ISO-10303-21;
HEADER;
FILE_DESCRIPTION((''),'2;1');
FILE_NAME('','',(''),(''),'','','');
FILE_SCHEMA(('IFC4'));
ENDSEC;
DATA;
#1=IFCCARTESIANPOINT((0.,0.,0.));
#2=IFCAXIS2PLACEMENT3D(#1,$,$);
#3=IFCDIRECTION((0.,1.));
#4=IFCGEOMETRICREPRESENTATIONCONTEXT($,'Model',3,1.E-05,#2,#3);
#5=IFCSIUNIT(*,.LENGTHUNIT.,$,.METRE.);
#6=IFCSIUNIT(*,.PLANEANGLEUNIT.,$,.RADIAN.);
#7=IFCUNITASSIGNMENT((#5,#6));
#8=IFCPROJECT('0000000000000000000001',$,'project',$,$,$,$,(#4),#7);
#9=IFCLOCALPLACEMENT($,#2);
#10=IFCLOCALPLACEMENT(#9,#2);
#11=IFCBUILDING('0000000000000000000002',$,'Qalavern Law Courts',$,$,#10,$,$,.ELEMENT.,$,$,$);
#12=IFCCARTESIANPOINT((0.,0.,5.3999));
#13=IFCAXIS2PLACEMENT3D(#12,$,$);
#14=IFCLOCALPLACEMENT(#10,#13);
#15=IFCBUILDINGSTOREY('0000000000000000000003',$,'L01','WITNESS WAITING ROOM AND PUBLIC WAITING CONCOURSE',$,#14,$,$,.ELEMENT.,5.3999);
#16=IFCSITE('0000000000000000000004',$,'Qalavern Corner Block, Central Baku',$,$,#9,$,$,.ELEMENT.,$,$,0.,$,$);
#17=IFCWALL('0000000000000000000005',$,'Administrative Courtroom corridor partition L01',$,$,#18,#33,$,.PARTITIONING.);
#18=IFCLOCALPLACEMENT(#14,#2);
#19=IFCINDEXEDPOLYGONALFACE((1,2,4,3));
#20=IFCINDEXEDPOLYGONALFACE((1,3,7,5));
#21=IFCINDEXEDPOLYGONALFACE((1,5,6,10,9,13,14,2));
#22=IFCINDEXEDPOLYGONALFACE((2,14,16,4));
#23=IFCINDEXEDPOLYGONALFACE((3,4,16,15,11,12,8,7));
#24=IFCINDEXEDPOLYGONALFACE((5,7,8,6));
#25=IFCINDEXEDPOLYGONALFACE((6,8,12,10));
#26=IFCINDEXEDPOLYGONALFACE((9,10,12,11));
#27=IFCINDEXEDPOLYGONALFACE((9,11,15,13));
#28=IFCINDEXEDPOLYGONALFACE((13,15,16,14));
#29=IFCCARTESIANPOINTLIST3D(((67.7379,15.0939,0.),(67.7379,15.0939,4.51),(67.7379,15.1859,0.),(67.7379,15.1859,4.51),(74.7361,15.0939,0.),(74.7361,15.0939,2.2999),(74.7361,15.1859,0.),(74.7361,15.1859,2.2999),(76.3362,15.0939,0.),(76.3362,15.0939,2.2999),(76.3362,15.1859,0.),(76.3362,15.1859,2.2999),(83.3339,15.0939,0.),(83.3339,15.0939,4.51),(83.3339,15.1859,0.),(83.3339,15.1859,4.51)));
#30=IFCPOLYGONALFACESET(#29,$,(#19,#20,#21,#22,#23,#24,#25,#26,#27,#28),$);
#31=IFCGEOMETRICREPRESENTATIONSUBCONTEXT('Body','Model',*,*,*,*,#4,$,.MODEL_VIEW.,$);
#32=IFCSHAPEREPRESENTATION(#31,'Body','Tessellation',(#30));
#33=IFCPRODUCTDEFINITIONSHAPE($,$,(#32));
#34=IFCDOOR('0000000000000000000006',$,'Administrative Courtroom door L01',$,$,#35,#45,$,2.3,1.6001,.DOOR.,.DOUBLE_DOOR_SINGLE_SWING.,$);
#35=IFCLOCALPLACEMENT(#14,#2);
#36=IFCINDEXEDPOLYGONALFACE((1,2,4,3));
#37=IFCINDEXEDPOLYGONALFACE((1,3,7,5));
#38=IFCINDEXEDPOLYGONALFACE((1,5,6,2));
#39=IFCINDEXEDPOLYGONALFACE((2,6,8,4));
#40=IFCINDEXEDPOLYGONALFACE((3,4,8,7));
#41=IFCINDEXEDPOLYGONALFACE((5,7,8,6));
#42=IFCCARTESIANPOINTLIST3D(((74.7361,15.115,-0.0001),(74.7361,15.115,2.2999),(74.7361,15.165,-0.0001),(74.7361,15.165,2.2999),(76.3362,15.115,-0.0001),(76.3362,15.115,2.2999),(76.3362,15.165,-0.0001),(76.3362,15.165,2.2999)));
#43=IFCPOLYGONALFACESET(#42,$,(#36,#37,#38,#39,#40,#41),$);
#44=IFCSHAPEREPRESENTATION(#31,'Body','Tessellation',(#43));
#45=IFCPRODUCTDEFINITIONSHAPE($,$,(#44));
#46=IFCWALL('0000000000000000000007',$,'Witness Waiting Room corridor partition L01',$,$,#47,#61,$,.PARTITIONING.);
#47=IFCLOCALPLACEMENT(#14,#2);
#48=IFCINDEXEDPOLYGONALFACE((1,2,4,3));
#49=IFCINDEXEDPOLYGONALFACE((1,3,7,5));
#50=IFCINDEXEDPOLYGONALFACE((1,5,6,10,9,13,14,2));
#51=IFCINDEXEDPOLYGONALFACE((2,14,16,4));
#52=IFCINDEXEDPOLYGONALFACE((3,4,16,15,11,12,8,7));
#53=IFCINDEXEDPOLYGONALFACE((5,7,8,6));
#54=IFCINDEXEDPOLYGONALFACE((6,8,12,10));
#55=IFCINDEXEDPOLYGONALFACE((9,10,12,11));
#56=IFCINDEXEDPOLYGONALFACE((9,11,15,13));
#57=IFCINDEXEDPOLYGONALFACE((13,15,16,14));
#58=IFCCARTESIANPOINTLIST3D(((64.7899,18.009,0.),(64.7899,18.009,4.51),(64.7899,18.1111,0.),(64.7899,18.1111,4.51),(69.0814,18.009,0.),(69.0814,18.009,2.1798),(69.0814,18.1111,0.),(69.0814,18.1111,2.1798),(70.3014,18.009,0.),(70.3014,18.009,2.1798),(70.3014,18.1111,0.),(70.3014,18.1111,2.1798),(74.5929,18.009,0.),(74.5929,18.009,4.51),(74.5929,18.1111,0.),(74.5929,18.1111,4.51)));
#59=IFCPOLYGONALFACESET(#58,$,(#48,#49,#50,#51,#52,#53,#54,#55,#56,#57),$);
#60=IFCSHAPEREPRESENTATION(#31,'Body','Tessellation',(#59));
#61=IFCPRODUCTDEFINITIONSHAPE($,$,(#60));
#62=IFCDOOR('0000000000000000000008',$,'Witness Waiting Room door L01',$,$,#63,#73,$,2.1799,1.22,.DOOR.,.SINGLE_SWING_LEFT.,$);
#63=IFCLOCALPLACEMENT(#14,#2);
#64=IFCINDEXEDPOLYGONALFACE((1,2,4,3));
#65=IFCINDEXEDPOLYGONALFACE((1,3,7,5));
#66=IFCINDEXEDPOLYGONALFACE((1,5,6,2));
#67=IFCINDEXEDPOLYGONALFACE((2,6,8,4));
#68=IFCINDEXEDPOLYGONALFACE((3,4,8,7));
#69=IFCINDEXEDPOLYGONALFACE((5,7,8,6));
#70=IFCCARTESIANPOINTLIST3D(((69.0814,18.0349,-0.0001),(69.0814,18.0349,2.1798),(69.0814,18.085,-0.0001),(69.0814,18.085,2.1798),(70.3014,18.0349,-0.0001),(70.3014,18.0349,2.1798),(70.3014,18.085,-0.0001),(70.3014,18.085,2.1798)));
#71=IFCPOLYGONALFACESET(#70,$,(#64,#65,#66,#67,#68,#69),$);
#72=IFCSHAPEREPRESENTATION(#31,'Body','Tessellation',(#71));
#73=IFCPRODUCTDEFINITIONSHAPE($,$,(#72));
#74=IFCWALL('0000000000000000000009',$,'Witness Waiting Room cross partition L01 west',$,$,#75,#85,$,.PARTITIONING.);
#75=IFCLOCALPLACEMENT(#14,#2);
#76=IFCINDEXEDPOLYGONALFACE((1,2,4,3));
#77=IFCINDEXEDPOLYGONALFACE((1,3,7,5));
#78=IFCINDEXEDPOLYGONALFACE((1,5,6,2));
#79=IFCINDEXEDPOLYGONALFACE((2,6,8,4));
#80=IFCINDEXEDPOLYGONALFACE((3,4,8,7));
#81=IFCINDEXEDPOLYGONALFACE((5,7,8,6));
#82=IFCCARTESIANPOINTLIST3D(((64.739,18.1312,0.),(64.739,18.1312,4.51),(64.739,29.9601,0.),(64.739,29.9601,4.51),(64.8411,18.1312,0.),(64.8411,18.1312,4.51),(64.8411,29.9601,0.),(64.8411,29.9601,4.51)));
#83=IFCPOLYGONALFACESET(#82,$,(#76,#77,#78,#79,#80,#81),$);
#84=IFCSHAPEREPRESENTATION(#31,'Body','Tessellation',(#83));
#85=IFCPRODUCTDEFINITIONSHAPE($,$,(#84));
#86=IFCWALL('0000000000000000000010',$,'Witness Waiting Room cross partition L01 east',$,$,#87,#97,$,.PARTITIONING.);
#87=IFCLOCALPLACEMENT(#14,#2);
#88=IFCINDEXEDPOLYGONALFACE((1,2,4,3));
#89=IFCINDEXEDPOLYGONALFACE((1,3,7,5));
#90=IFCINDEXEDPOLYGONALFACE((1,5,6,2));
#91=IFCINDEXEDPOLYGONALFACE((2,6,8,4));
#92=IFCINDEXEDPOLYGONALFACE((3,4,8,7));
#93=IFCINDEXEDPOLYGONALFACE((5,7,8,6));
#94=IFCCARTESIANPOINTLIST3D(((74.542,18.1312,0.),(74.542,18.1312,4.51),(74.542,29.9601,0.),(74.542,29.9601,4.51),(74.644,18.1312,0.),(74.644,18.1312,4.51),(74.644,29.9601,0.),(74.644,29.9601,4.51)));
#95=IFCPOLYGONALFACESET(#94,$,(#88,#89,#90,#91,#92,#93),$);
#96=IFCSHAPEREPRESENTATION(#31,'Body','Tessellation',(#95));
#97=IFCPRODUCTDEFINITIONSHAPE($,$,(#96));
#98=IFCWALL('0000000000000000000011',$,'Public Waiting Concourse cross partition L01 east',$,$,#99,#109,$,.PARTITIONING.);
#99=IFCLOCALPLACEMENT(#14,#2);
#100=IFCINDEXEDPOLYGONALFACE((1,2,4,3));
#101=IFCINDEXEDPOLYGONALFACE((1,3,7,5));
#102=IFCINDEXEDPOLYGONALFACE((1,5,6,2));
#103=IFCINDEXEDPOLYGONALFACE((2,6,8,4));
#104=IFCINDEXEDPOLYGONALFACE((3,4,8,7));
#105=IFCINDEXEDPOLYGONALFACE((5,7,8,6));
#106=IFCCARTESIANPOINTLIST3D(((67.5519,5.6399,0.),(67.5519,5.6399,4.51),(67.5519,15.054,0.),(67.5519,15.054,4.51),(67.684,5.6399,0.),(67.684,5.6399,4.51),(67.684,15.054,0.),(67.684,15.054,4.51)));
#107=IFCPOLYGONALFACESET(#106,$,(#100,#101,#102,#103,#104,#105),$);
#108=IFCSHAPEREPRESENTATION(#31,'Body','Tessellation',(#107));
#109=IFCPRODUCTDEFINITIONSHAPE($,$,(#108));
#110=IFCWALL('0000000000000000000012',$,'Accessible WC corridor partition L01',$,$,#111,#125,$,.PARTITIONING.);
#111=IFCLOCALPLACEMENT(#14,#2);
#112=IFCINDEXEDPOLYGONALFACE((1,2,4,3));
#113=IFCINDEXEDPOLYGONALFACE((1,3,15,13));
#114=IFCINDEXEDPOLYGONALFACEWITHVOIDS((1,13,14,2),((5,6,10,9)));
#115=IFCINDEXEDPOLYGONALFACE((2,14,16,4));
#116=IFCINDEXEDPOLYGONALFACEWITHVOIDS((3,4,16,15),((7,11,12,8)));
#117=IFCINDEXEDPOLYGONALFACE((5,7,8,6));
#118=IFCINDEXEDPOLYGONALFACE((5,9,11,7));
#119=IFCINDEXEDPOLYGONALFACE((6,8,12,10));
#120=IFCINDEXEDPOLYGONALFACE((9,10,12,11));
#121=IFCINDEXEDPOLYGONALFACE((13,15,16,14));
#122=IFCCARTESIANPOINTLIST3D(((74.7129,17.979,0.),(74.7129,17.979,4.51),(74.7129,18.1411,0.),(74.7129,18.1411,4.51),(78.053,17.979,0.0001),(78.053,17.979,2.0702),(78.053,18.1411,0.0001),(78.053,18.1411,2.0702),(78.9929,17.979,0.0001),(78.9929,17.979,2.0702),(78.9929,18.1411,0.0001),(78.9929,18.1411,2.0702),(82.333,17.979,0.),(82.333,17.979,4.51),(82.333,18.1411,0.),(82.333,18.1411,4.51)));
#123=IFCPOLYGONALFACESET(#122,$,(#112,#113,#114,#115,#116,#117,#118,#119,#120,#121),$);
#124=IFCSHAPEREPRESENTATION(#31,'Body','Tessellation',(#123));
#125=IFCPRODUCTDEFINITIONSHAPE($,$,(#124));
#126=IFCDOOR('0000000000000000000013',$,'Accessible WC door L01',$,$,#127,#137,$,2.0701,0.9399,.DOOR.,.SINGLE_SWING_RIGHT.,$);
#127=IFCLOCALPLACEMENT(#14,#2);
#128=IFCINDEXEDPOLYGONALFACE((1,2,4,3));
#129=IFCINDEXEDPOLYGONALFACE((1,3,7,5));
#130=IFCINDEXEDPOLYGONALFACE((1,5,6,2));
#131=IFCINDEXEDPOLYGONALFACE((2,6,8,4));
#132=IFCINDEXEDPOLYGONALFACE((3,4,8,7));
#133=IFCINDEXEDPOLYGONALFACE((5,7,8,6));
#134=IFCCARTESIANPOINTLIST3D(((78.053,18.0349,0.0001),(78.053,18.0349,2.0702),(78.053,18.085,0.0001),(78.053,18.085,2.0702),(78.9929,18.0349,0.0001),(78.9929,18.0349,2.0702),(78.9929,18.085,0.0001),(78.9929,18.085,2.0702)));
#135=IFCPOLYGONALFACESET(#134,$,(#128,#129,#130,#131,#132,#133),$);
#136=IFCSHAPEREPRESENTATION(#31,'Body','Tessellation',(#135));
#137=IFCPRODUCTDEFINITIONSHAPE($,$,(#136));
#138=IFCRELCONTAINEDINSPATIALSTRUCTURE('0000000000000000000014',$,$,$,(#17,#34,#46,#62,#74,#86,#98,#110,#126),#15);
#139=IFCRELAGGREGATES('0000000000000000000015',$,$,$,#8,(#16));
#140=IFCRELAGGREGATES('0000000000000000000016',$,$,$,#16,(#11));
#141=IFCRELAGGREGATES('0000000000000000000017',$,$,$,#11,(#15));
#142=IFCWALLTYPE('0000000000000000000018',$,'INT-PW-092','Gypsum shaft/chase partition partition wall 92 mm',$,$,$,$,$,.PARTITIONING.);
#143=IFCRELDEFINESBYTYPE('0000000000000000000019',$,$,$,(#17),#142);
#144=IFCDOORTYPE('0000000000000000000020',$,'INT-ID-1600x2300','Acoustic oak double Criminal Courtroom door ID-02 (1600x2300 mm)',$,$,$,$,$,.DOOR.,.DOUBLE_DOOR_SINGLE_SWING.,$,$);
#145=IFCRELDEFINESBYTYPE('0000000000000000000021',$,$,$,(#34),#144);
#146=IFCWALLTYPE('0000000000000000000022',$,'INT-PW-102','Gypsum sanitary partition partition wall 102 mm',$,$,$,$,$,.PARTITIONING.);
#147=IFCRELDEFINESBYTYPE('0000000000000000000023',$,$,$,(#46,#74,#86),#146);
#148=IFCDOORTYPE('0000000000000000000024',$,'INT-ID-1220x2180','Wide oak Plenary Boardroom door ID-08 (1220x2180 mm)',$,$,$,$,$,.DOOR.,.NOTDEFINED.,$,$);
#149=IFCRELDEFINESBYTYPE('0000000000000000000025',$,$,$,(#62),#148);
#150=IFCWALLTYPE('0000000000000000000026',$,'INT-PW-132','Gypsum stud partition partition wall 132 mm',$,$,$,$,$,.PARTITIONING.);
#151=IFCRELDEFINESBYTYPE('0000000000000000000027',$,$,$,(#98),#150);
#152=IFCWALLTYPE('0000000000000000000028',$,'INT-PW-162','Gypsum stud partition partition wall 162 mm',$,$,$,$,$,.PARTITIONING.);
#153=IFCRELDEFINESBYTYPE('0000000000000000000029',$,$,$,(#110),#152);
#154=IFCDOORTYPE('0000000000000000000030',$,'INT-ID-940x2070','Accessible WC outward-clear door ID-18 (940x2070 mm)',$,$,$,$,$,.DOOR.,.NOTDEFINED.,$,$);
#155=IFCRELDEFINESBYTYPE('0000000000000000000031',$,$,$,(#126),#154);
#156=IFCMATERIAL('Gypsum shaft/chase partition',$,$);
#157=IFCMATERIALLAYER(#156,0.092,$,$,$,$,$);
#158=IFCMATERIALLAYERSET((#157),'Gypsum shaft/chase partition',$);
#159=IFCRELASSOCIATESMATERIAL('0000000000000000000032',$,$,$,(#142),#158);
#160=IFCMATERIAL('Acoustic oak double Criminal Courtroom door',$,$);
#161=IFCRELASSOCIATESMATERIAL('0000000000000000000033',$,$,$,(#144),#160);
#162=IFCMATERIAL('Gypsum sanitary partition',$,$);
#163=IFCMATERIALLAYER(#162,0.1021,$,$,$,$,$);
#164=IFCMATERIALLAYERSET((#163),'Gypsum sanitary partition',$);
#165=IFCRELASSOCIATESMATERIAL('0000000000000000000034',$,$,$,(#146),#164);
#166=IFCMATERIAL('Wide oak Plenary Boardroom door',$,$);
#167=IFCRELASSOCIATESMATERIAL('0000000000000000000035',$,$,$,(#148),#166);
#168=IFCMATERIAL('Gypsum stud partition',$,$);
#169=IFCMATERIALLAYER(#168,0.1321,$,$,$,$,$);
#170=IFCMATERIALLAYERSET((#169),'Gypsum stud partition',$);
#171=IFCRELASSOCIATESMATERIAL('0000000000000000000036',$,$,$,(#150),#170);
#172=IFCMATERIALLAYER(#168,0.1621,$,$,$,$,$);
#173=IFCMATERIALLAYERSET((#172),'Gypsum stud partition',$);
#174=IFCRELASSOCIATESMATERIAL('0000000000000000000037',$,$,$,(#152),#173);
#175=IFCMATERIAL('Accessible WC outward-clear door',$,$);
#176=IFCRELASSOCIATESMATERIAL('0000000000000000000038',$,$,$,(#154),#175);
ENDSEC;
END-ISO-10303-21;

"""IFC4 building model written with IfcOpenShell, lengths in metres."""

from ifc_helpers import new_model, si_unit, direction, frame, frame_2d, origin, place, context, subcontext, project, spatial, rectangle, extrude, material, layer, layer_set, type_object, element, fill, save


model = new_model("IFC4")

# Units and contexts
model_context = context("Model", 3, precision=1e-05, world=origin(), true_north=direction((0.0, 1.0)))
body_context = subcontext(model_context, "Body", "Model", "MODEL_VIEW")
ifc_project = project(units=[si_unit("LENGTHUNIT", "METRE"), si_unit("PLANEANGLEUNIT", "RADIAN")], contexts=[model_context])

# Site, building, storey
site_placement = place(None, origin())
site = spatial("IfcSite", under=ifc_project, at=site_placement, Name="Qalavern Corner Block, Central Baku", CompositionType="ELEMENT", RefElevation=0.0)
building_placement = place(site_placement, origin())
building = spatial("IfcBuilding", under=site, at=building_placement, Name="Qalavern Law Courts", CompositionType="ELEMENT")
storey_placement = place(building_placement, frame((0.0, 0.0, 5.3999)))
storey = spatial("IfcBuildingStorey", under=building, at=storey_placement, Name="L01", Description="WITNESS WAITING ROOM AND PUBLIC WAITING CONCOURSE", CompositionType="ELEMENT", Elevation=5.3999)

# Walls, openings, doors
ifc_material_1 = material(Name="Gypsum shaft/chase partition")
ifc_layer_1 = layer(ifc_material_1, 0.092)
ifc_layer_set_1 = layer_set([ifc_layer_1], Name="Gypsum shaft/chase partition")
wall_type_1 = type_object("IfcWallType", Name="INT-PW-092", Description="Gypsum shaft/chase partition partition wall 92 mm", PredefinedType="PARTITIONING", material=ifc_layer_set_1)
wall_1_placement = place(storey_placement, frame((67.738, 15.1399, 0.0), z_axis=(0.0, 0.0, 1.0), x_axis=(1.0, 0.0, 0.0)))
wall_1 = element("IfcWall", 1, at=wall_1_placement, inside=storey, type_object=wall_type_1, Name="Administrative Courtroom corridor partition L01", PredefinedType="PARTITIONING", context=body_context, shape_type="SweptSolid", body=[
    extrude(rectangle(XDim=15.5959, YDim=0.092, at=frame_2d((7.7979, 0.0))), origin(), (0.0, 0.0, 1.0), 4.51),
])
opening_1_placement = place(wall_1_placement, frame((6.998, 0.0, 0.0)))
opening_1 = element("IfcOpeningElement", 2, at=opening_1_placement, cuts=wall_1, PredefinedType="OPENING", context=body_context, shape_type="SweptSolid", body=[
    extrude(rectangle(XDim=1.6001, YDim=2.3, at=frame_2d((0.8, 1.1499))), frame((0.0, 0.061, 0.0), z_axis=(0.0, -1.0, 0.0), x_axis=(1.0, 0.0, 0.0)), (0.0, 0.0, 1.0), 0.1218),
])
ifc_material_2 = material(Name="Acoustic oak double Criminal Courtroom door")
door_type_1 = type_object("IfcDoorType", Name="INT-ID-1600x2300", Description="Acoustic oak double Criminal Courtroom door ID-02 (1600x2300 mm)", OperationType="DOUBLE_DOOR_SINGLE_SWING", PredefinedType="DOOR", material=ifc_material_2)
door_1_placement = place(opening_1_placement, frame((1.6001, 0.0, 0.0), z_axis=(0.0, 0.0, 1.0), x_axis=(-1.0, 0.0, 0.0)))
door_1 = element("IfcDoor", 3, at=door_1_placement, inside=storey, type_object=door_type_1, Name="Administrative Courtroom door L01", OperationType="DOUBLE_DOOR_SINGLE_SWING", OverallHeight=2.3, OverallWidth=1.6001, PredefinedType="DOOR", context=body_context, shape_type="SweptSolid", body=[
    extrude(rectangle(XDim=1.6001, YDim=2.3, at=frame_2d((0.8, 1.1499))), frame((0.0, 0.0249, 0.0), z_axis=(0.0, -1.0, 0.0), x_axis=(1.0, 0.0, 0.0)), (0.0, 0.0, 1.0), 0.05),
])
fill(opening_1, door_1)
ifc_material_3 = material(Name="Gypsum sanitary partition")
ifc_layer_2 = layer(ifc_material_3, 0.1021)
ifc_layer_set_2 = layer_set([ifc_layer_2], Name="Gypsum sanitary partition")
wall_type_2 = type_object("IfcWallType", Name="INT-PW-102", Description="Gypsum sanitary partition partition wall 102 mm", PredefinedType="PARTITIONING", material=ifc_layer_set_2)
wall_2_placement = place(storey_placement, frame((64.79, 18.0601, 0.0), z_axis=(0.0, 0.0, 1.0), x_axis=(1.0, 0.0, 0.0)))
wall_2 = element("IfcWall", 4, at=wall_2_placement, inside=storey, type_object=wall_type_2, Name="Witness Waiting Room corridor partition L01", PredefinedType="PARTITIONING", context=body_context, shape_type="SweptSolid", body=[
    extrude(rectangle(XDim=9.803, YDim=0.1021, at=frame_2d((4.9014, 0.0))), origin(), (0.0, 0.0, 1.0), 4.51),
])
opening_2_placement = place(wall_2_placement, frame((4.2915, 0.0, 0.0)))
opening_2 = element("IfcOpeningElement", 5, at=opening_2_placement, cuts=wall_2, PredefinedType="OPENING", context=body_context, shape_type="SweptSolid", body=[
    extrude(rectangle(XDim=1.22, YDim=2.1799, at=frame_2d((0.6099, 1.0898))), frame((0.0, 0.0659, 0.0), z_axis=(0.0, -1.0, 0.0), x_axis=(1.0, 0.0, 0.0)), (0.0, 0.0, 1.0), 0.1318),
])
ifc_material_4 = material(Name="Wide oak Plenary Boardroom door")
door_type_2 = type_object("IfcDoorType", Name="INT-ID-1220x2180", Description="Wide oak Plenary Boardroom door ID-08 (1220x2180 mm)", OperationType="NOTDEFINED", PredefinedType="DOOR", material=ifc_material_4)
door_2_placement = place(opening_2_placement, origin())
door_2 = element("IfcDoor", 6, at=door_2_placement, inside=storey, type_object=door_type_2, Name="Witness Waiting Room door L01", OperationType="SINGLE_SWING_LEFT", OverallHeight=2.1799, OverallWidth=1.22, PredefinedType="DOOR", context=body_context, shape_type="SweptSolid", body=[
    extrude(rectangle(XDim=1.22, YDim=2.1799, at=frame_2d((0.6099, 1.0898))), frame((0.0, 0.0249, 0.0), z_axis=(0.0, -1.0, 0.0), x_axis=(1.0, 0.0, 0.0)), (0.0, 0.0, 1.0), 0.05),
])
fill(opening_2, door_2)

# Walls
for number, where, z_axis, x_axis, name in (
    (7, (64.79, 18.1311, 0.0), (0.0, 0.0, 1.0), (0.0, 1.0, 0.0), "Witness Waiting Room cross partition L01 west"),
    (8, (74.593, 18.1311, 0.0), (0.0, 0.0, 1.0), (0.0, 1.0, 0.0), "Witness Waiting Room cross partition L01 east"),
):
    element("IfcWall", number, at=place(storey_placement, frame(where, z_axis=z_axis, x_axis=x_axis)), inside=storey, type_object=wall_type_2, Name=name, PredefinedType="PARTITIONING", context=body_context, shape_type="SweptSolid", body=[
        extrude(rectangle(XDim=11.8289, YDim=0.1021, at=frame_2d((5.9146, 0.0))), origin(), (0.0, 0.0, 1.0), 4.51),
    ])
ifc_material_5 = material(Name="Gypsum stud partition")
ifc_layer_3 = layer(ifc_material_5, 0.1321)
ifc_layer_set_3 = layer_set([ifc_layer_3], Name="Gypsum stud partition")
wall_type_3 = type_object("IfcWallType", Name="INT-PW-132", Description="Gypsum stud partition partition wall 132 mm", PredefinedType="PARTITIONING", material=ifc_layer_set_3)
wall_3_placement = place(storey_placement, frame((67.6179, 5.6399, 0.0), z_axis=(0.0, 0.0, 1.0), x_axis=(0.0, 1.0, 0.0)))
element("IfcWall", 9, at=wall_3_placement, inside=storey, type_object=wall_type_3, Name="Public Waiting Concourse cross partition L01 east", PredefinedType="PARTITIONING", context=body_context, shape_type="SweptSolid", body=[
    extrude(rectangle(XDim=9.4141, YDim=0.1321, at=frame_2d((4.707, 0.0))), origin(), (0.0, 0.0, 1.0), 4.51),
])

# Wall, opening, door
ifc_layer_4 = layer(ifc_material_5, 0.1621)
ifc_layer_set_4 = layer_set([ifc_layer_4], Name="Gypsum stud partition")
wall_type_4 = type_object("IfcWallType", Name="INT-PW-162", Description="Gypsum stud partition partition wall 162 mm", PredefinedType="PARTITIONING", material=ifc_layer_set_4)
wall_4_placement = place(storey_placement, frame((74.7129, 18.0601, 0.0), z_axis=(0.0, 0.0, 1.0), x_axis=(1.0, 0.0, 0.0)))
wall_4 = element("IfcWall", 10, at=wall_4_placement, inside=storey, type_object=wall_type_4, Name="Accessible WC corridor partition L01", PredefinedType="PARTITIONING", context=body_context, shape_type="SweptSolid", body=[
    extrude(rectangle(XDim=7.6201, YDim=0.1621, at=frame_2d((3.8101, 0.0))), origin(), (0.0, 0.0, 1.0), 4.51),
])
opening_3_placement = place(wall_4_placement, frame((3.3401, 0.0, 0.0)))
opening_3 = element("IfcOpeningElement", 11, at=opening_3_placement, cuts=wall_4, PredefinedType="OPENING", context=body_context, shape_type="SweptSolid", body=[
    extrude(rectangle(XDim=0.9399, YDim=2.0701, at=frame_2d((0.47, 1.0352))), frame((0.0, 0.0959, 0.0), z_axis=(0.0, -1.0, 0.0), x_axis=(1.0, 0.0, 0.0)), (0.0, 0.0, 1.0), 0.1919),
])
ifc_material_6 = material(Name="Accessible WC outward-clear door")
door_type_3 = type_object("IfcDoorType", Name="INT-ID-940x2070", Description="Accessible WC outward-clear door ID-18 (940x2070 mm)", OperationType="NOTDEFINED", PredefinedType="DOOR", material=ifc_material_6)
door_3_placement = place(opening_3_placement, origin())
door_3 = element("IfcDoor", 12, at=door_3_placement, inside=storey, type_object=door_type_3, Name="Accessible WC door L01", OperationType="SINGLE_SWING_RIGHT", OverallHeight=2.0701, OverallWidth=0.9399, PredefinedType="DOOR", context=body_context, shape_type="SweptSolid", body=[
    extrude(rectangle(XDim=0.9399, YDim=2.0701, at=frame_2d((0.47, 1.0352))), frame((0.0, 0.0249, 0.0), z_axis=(0.0, -1.0, 0.0), x_axis=(1.0, 0.0, 0.0)), (0.0, 0.0, 1.0), 0.05),
])
fill(opening_3, door_3)

save(model, "model.ifc")
